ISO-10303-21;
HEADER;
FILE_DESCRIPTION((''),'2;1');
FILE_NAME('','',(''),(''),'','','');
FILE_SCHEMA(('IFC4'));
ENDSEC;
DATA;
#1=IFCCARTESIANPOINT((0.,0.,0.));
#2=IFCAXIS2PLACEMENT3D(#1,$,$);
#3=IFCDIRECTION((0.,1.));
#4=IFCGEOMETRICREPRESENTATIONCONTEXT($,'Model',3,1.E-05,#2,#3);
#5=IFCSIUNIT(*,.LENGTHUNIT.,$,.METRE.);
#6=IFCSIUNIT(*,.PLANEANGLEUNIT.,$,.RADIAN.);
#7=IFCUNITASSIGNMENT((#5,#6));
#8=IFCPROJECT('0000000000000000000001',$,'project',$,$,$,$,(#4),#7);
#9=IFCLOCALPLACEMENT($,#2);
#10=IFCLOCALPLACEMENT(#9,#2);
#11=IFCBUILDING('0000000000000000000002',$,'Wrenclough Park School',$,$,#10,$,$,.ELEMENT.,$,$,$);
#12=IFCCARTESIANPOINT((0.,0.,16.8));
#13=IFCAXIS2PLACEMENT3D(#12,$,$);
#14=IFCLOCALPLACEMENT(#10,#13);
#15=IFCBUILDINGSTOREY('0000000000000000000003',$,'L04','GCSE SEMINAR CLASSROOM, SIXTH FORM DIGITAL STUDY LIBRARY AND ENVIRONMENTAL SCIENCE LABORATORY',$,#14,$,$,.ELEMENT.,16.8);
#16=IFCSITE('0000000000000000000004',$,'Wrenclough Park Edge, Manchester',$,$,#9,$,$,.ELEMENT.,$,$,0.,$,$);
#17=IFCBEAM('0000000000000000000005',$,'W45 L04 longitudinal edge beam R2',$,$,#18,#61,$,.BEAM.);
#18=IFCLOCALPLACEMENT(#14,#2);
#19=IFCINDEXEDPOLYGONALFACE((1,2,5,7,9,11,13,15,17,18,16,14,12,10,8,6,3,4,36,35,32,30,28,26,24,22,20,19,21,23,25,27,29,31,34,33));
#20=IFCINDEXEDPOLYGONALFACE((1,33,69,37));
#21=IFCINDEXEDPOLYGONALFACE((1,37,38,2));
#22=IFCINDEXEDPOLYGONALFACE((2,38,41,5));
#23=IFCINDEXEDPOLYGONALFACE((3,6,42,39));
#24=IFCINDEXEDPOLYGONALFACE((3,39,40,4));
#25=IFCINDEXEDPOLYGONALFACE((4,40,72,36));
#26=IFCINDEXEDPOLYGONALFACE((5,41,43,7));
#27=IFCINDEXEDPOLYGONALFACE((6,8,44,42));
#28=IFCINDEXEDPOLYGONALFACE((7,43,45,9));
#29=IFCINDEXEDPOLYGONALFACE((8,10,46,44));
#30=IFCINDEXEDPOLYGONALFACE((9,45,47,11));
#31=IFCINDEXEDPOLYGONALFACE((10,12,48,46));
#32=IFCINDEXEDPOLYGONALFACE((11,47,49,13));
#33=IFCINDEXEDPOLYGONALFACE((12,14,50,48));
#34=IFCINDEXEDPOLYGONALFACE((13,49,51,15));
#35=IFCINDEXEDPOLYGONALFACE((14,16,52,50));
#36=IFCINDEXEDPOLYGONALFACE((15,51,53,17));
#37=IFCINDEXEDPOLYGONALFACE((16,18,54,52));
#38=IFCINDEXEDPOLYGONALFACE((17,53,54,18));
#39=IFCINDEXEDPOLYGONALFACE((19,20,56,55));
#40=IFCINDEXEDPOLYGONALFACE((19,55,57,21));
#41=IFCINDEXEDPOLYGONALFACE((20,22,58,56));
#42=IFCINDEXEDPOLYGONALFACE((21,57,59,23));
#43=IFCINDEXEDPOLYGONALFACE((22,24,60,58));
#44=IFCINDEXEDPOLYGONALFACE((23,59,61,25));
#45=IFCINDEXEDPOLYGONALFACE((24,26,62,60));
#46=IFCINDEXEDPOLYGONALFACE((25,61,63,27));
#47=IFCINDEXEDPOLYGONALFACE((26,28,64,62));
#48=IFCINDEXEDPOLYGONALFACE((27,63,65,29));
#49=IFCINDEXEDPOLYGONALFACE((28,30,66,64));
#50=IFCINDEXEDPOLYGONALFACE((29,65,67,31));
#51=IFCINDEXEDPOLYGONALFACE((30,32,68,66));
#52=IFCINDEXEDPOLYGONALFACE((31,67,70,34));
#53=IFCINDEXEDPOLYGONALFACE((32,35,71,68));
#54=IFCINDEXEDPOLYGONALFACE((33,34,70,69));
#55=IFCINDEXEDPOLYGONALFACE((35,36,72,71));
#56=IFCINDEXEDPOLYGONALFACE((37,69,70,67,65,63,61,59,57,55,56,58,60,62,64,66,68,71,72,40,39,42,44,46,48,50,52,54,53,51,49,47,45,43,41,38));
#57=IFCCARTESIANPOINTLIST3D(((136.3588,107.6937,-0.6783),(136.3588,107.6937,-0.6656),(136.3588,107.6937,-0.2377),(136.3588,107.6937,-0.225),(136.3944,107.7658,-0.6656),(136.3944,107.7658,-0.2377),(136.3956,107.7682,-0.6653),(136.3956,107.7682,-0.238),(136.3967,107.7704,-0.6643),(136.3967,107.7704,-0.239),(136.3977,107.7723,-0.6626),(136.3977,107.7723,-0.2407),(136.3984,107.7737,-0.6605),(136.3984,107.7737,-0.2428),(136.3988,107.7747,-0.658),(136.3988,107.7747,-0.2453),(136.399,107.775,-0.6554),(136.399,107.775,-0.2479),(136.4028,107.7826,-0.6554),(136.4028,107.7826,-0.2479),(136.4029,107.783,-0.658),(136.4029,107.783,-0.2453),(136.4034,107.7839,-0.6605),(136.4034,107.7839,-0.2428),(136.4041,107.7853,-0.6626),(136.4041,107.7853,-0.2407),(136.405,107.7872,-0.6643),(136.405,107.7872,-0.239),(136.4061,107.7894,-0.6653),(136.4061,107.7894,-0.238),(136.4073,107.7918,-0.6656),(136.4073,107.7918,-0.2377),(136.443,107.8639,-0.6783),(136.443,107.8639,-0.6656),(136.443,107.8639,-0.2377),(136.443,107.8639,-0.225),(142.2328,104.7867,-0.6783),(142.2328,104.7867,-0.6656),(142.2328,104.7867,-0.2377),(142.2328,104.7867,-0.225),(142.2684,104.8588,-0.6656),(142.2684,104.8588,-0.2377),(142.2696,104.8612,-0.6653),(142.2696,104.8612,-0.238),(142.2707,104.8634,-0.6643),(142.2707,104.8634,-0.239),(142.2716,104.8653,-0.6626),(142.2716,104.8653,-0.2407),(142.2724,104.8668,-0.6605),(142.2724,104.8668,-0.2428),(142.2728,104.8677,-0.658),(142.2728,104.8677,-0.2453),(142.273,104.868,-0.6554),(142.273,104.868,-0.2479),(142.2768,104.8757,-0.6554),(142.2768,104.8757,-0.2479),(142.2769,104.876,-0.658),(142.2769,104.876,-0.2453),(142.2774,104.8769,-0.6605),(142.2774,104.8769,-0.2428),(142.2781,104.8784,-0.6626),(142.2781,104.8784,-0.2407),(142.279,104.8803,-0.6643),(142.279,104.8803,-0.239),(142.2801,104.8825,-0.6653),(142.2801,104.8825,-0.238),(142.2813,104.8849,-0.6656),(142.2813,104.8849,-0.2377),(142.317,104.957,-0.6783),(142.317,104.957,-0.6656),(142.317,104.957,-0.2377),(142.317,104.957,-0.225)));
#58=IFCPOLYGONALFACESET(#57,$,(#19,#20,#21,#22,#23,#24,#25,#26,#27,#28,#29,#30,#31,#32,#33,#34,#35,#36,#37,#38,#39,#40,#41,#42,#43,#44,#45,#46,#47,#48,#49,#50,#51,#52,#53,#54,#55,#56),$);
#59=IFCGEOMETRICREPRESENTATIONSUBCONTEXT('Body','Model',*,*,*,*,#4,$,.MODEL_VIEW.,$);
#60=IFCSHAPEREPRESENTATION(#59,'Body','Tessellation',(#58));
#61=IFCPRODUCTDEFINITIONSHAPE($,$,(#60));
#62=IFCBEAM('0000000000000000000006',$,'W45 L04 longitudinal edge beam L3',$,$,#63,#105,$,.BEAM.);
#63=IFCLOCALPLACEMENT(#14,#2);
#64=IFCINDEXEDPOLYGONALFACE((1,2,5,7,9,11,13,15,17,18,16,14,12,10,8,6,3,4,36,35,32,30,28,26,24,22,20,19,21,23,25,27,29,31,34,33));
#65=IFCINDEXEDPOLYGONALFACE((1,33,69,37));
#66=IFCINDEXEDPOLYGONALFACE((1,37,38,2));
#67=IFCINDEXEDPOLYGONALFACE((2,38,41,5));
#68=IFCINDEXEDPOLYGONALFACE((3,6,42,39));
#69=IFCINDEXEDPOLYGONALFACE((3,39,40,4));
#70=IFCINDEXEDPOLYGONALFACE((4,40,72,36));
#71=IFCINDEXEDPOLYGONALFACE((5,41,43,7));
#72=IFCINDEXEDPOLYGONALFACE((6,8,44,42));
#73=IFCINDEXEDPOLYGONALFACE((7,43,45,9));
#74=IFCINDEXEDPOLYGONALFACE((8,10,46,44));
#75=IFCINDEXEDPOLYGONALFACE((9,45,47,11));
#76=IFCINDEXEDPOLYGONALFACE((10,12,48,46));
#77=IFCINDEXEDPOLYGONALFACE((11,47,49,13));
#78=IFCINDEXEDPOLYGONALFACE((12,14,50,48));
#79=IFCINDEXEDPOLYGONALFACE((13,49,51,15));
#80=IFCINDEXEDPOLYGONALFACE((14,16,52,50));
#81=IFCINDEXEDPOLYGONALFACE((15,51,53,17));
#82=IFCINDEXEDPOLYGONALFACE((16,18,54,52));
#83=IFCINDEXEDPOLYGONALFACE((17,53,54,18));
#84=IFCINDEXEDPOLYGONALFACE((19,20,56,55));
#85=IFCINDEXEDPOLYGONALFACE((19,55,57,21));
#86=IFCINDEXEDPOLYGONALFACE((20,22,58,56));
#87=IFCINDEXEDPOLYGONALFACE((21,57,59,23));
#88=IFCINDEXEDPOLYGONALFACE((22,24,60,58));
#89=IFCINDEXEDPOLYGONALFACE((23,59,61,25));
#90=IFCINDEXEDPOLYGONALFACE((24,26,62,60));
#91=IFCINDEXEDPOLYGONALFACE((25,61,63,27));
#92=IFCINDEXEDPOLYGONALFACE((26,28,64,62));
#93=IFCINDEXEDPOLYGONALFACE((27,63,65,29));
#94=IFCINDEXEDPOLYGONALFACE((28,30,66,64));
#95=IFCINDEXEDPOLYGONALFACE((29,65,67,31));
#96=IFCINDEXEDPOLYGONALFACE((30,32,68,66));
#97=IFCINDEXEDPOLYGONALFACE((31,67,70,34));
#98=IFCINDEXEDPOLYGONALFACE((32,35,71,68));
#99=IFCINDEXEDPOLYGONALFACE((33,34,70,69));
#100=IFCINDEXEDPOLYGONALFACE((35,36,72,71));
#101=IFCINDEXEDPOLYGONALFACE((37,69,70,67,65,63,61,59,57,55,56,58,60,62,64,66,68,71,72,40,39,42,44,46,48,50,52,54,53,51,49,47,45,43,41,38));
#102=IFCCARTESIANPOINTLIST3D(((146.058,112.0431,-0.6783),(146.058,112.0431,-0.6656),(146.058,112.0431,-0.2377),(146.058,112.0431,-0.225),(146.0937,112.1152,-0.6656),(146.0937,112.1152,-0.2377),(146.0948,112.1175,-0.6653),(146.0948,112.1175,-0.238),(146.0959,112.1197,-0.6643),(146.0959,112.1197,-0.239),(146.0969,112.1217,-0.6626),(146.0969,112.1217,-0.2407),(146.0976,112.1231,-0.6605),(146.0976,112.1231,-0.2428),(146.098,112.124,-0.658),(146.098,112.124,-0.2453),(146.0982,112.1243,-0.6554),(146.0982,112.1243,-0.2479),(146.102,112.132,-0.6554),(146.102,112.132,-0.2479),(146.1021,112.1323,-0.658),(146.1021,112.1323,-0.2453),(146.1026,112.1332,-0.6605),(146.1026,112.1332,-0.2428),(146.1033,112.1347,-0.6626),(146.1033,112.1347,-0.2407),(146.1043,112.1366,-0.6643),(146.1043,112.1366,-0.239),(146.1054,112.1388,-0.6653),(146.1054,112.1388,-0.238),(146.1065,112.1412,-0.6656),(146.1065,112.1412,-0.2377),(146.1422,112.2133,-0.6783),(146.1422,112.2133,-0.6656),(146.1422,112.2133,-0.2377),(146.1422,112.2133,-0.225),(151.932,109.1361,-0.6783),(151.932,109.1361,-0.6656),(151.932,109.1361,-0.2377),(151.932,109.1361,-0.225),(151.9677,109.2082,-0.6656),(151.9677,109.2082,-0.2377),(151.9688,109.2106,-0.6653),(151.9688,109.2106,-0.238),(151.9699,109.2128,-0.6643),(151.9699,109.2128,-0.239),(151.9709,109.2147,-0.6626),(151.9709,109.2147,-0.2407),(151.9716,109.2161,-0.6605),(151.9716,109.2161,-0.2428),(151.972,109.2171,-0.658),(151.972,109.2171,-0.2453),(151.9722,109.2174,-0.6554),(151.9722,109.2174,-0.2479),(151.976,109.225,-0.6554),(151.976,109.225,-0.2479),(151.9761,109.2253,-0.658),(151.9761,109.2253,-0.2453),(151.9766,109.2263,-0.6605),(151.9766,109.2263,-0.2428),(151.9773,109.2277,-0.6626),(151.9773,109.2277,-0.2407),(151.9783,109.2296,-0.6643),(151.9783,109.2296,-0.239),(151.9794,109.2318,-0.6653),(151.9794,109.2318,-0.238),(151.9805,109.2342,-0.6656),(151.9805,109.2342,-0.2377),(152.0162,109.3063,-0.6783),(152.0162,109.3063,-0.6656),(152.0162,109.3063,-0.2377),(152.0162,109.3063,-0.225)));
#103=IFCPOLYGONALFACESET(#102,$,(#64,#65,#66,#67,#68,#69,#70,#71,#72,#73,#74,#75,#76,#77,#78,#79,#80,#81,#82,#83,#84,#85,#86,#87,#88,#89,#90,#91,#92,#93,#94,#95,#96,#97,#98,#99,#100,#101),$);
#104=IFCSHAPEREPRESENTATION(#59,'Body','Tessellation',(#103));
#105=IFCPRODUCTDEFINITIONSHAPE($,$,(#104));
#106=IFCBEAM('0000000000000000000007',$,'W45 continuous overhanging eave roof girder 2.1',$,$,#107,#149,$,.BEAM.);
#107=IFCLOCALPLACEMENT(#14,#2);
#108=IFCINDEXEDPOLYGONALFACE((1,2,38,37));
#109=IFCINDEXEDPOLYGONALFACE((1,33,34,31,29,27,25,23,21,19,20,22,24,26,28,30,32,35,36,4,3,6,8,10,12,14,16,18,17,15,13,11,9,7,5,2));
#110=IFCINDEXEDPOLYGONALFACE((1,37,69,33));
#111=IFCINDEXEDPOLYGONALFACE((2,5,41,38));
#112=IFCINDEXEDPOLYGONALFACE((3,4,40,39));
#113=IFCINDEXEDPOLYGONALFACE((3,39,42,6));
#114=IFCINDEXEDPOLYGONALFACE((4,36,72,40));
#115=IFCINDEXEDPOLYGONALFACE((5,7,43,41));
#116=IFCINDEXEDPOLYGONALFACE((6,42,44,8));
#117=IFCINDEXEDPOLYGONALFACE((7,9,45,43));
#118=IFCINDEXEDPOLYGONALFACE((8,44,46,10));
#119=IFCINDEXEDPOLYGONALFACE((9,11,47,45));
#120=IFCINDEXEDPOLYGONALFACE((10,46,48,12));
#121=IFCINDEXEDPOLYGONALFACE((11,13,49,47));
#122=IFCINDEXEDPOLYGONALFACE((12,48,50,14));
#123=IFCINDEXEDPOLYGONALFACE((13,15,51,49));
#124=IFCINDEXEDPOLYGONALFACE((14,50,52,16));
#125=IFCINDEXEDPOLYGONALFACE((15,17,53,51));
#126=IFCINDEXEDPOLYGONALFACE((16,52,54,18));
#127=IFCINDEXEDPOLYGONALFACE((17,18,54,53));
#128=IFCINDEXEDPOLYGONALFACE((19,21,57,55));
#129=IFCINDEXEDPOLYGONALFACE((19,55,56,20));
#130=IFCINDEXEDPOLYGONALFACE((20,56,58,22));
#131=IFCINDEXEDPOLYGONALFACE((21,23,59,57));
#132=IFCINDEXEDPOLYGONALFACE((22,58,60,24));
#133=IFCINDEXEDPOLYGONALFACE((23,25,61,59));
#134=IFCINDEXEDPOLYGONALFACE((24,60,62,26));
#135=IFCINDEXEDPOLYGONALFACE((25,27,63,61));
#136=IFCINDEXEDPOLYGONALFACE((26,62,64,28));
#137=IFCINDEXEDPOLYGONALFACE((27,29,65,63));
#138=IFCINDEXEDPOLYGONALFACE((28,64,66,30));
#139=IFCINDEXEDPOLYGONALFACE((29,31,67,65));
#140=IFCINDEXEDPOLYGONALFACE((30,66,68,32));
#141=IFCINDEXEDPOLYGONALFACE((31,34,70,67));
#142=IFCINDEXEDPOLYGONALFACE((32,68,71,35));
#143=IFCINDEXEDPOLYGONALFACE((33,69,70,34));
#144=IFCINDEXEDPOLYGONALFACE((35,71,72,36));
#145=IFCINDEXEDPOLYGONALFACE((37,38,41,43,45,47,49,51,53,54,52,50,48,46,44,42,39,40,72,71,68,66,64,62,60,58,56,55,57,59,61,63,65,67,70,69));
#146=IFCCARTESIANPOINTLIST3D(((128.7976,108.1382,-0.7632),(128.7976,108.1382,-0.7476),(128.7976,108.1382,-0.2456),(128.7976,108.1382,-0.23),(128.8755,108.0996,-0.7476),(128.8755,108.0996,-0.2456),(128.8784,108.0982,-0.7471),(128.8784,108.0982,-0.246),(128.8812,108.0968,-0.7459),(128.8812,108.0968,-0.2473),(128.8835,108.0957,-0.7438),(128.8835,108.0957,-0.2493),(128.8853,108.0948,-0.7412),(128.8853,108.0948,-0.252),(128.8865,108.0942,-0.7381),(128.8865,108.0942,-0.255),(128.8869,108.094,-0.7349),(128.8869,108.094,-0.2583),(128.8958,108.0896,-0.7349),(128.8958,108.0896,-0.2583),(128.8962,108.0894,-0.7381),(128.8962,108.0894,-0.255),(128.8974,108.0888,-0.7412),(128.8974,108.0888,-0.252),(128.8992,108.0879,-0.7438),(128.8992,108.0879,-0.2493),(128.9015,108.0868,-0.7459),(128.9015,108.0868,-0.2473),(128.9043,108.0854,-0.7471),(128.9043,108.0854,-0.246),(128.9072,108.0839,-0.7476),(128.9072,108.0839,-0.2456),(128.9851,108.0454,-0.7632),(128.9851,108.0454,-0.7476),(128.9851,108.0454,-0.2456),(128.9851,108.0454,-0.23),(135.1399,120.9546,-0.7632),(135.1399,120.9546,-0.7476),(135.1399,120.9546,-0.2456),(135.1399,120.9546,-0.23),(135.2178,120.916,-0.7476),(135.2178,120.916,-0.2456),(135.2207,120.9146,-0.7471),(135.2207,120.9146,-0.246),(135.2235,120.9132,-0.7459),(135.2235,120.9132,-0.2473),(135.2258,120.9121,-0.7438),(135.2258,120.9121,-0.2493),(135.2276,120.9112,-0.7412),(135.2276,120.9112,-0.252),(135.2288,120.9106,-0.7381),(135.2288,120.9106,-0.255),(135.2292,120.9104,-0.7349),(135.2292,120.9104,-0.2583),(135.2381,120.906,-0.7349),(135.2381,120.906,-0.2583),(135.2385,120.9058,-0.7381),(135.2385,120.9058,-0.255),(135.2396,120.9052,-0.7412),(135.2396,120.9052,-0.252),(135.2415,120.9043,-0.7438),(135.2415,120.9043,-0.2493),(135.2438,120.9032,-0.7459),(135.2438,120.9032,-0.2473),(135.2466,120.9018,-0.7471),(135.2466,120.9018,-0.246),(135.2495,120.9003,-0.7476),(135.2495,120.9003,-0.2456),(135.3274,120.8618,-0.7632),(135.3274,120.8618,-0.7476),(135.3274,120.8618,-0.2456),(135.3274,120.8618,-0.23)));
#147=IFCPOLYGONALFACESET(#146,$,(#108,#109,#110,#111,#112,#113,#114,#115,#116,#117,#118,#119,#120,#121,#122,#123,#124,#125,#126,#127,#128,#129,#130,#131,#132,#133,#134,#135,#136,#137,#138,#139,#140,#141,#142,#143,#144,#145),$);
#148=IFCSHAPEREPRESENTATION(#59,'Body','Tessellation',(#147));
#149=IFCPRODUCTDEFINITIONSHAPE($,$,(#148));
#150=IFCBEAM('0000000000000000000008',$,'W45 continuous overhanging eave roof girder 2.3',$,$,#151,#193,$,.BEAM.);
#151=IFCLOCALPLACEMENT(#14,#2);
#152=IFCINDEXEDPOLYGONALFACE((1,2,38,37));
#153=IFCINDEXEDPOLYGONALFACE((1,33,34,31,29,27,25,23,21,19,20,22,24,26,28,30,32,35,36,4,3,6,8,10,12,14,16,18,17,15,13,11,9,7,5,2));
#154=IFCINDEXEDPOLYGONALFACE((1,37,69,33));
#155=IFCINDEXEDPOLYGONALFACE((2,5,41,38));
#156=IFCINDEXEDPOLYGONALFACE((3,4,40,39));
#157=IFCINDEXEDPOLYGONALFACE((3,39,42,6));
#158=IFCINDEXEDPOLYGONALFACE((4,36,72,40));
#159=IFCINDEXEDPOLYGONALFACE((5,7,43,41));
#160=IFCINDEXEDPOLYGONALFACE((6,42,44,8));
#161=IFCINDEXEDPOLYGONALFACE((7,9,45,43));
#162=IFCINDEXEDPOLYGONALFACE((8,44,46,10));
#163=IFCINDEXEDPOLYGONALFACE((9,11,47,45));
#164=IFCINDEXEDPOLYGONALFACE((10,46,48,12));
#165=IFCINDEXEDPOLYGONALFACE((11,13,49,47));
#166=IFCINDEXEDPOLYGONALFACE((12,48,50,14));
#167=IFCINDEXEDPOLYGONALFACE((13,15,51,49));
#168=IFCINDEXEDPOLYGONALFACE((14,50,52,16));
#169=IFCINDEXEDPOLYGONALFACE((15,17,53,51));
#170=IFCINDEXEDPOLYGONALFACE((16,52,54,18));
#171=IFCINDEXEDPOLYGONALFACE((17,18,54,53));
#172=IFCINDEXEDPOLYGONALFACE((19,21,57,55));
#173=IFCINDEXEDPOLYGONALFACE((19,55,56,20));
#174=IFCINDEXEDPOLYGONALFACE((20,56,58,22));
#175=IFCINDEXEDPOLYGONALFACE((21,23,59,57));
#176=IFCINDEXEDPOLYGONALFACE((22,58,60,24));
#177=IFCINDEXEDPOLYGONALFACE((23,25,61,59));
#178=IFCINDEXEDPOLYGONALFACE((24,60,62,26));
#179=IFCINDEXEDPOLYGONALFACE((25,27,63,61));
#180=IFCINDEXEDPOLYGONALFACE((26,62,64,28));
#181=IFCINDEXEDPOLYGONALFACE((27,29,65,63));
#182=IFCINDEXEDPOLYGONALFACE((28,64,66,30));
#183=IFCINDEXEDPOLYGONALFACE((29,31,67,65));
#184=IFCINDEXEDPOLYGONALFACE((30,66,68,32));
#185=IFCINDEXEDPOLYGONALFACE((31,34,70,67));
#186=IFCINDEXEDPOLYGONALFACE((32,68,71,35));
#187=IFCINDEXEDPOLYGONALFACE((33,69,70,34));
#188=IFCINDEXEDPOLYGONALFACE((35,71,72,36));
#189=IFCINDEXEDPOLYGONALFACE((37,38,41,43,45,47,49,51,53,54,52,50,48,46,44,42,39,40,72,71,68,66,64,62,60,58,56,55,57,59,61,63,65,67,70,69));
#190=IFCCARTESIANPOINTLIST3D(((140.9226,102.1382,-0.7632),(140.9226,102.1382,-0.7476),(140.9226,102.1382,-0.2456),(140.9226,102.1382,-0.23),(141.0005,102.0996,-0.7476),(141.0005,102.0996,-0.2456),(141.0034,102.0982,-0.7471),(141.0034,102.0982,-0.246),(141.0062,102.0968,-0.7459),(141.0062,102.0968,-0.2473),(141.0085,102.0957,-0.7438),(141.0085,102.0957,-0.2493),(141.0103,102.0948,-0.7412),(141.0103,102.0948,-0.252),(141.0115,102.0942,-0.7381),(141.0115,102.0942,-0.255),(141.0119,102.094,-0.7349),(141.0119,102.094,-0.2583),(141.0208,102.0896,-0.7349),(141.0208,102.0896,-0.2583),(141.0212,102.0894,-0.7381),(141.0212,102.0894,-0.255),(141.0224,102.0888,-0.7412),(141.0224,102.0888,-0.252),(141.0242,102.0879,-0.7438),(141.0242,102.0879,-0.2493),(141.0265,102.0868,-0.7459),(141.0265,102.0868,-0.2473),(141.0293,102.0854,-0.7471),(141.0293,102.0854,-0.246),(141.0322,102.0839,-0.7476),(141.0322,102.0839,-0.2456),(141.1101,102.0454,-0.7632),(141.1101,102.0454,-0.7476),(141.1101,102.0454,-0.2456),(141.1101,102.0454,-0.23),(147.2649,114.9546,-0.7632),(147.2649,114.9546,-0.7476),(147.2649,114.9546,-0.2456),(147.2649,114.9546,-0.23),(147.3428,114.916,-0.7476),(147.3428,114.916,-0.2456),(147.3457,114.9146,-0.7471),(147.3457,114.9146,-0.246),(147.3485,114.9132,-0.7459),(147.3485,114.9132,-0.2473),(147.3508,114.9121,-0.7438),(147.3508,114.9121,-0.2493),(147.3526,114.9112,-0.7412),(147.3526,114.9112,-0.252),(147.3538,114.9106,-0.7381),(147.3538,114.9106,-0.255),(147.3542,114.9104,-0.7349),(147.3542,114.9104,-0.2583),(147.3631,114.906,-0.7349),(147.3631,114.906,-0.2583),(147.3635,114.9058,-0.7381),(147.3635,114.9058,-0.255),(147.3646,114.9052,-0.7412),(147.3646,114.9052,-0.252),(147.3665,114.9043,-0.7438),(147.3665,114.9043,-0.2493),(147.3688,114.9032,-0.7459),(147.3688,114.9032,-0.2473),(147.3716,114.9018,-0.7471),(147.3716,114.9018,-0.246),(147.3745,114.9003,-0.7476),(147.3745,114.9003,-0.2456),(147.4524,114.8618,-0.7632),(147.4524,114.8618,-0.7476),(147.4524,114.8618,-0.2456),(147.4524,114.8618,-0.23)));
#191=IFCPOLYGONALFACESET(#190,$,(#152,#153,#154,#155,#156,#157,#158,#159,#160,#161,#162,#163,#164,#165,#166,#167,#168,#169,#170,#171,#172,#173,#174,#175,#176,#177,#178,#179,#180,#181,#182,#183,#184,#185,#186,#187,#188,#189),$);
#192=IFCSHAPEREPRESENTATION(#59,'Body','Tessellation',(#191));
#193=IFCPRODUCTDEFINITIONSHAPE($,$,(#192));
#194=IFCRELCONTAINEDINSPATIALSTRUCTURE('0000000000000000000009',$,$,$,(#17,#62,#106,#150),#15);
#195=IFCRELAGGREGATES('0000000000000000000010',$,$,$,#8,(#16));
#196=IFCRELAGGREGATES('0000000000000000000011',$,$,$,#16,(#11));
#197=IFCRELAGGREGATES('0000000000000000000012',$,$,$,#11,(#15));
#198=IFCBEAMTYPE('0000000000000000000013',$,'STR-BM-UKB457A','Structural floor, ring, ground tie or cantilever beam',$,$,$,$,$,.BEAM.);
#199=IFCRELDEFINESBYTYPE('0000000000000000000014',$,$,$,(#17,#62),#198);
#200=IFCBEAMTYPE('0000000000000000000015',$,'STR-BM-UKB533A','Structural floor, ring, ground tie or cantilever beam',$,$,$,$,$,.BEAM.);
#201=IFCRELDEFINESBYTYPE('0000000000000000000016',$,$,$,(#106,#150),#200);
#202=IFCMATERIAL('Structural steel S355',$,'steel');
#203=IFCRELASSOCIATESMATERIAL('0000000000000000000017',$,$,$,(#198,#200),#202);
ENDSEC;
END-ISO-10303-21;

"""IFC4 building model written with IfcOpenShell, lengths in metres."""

from ifc_helpers import new_model, si_unit, direction, frame, origin, origin_2d, place, context, subcontext, project, spatial, i_section, extrude, material, material_profile, profile_set, type_object, element, save


model = new_model("IFC4")

# Units and contexts
model_context = context("Model", 3, precision=1e-05, world=origin(), true_north=direction((0.0, 1.0)))
body_context = subcontext(model_context, "Body", "Model", "MODEL_VIEW")
ifc_project = project(units=[si_unit("LENGTHUNIT", "METRE"), si_unit("PLANEANGLEUNIT", "RADIAN")], contexts=[model_context])

# Site, building, storey
site_placement = place(None, origin())
site = spatial("IfcSite", under=ifc_project, at=site_placement, Name="Wrenclough Park Edge, Manchester", CompositionType="ELEMENT", RefElevation=0.0)
building_placement = place(site_placement, origin())
building = spatial("IfcBuilding", under=site, at=building_placement, Name="Wrenclough Park School", CompositionType="ELEMENT")
storey_placement = place(building_placement, frame((0.0, 0.0, 16.8)))
storey = spatial("IfcBuildingStorey", under=building, at=storey_placement, Name="L04", Description="GCSE SEMINAR CLASSROOM, SIXTH FORM DIGITAL STUDY LIBRARY AND ENVIRONMENTAL SCIENCE LABORATORY", CompositionType="ELEMENT", Elevation=16.8)

# Beams
ifc_material_1 = material(Name="Structural steel S355", Category="steel")
ifc_material_profile_1 = material_profile(ifc_material_1, i_section(OverallWidth=0.1899, OverallDepth=0.4534, WebThickness=0.0085, FlangeThickness=0.0127, FilletRadius=0.0103, at=origin_2d()), Name="UKB 457x191x67")
ifc_profile_set_1 = profile_set([ifc_material_profile_1], Name="Structural steel S355")
beam_type_1 = type_object("IfcBeamType", Name="STR-BM-UKB457A", Description="Structural floor, ring, ground tie or cantilever beam", PredefinedType="BEAM", material=ifc_profile_set_1)
for number, where, z_axis, x_axis, name in (
    (1, (136.4009, 107.7788, -0.4517), (0.896252, -0.443544, 0.0), (0.443544, 0.896252, 0.0), "W45 L04 longitudinal edge beam R2"),
    (2, (146.1001, 112.1282, -0.4517), (0.896252, -0.443544, 0.0), (0.443544, 0.896252, 0.0), "W45 L04 longitudinal edge beam L3"),
):
    element("IfcBeam", number, at=place(storey_placement, frame(where, z_axis=z_axis, x_axis=x_axis)), inside=storey, type_object=beam_type_1, Name=name, PredefinedType="BEAM", context=body_context, shape_type="SweptSolid", body=[
        extrude(i_section(OverallWidth=0.1899, OverallDepth=0.4534, WebThickness=0.0085, FlangeThickness=0.0127, FilletRadius=0.0103, at=origin_2d()), origin(), (0.0, 0.0, 1.0), 6.554),
    ])
ifc_material_profile_2 = material_profile(ifc_material_1, i_section(OverallWidth=0.2092, OverallDepth=0.5332, WebThickness=0.01, FlangeThickness=0.0156, FilletRadius=0.0127, at=origin_2d()), Name="UKB 533x210x92")
ifc_profile_set_2 = profile_set([ifc_material_profile_2], Name="Structural steel S355")
beam_type_2 = type_object("IfcBeamType", Name="STR-BM-UKB533A", Description="Structural floor, ring, ground tie or cantilever beam", PredefinedType="BEAM", material=ifc_profile_set_2)
for number, where, z_axis, x_axis, name in (
    (3, (128.8914, 108.0918, -0.4966), (0.443522, 0.896263, 0.0), (-0.896263, 0.443522, 0.0), "W45 continuous overhanging eave roof girder 2.1"),
    (4, (141.0164, 102.0918, -0.4966), (0.443522, 0.896263, 0.0), (-0.896263, 0.443522, 0.0), "W45 continuous overhanging eave roof girder 2.3"),
):
    element("IfcBeam", number, at=place(storey_placement, frame(where, z_axis=z_axis, x_axis=x_axis)), inside=storey, type_object=beam_type_2, Name=name, PredefinedType="BEAM", context=body_context, shape_type="SweptSolid", body=[
        extrude(i_section(OverallWidth=0.2092, OverallDepth=0.5332, WebThickness=0.01, FlangeThickness=0.0156, FilletRadius=0.0127, at=origin_2d()), origin(), (0.0, 0.0, 1.0), 14.2998),
    ])

save(model, "model.ifc")
